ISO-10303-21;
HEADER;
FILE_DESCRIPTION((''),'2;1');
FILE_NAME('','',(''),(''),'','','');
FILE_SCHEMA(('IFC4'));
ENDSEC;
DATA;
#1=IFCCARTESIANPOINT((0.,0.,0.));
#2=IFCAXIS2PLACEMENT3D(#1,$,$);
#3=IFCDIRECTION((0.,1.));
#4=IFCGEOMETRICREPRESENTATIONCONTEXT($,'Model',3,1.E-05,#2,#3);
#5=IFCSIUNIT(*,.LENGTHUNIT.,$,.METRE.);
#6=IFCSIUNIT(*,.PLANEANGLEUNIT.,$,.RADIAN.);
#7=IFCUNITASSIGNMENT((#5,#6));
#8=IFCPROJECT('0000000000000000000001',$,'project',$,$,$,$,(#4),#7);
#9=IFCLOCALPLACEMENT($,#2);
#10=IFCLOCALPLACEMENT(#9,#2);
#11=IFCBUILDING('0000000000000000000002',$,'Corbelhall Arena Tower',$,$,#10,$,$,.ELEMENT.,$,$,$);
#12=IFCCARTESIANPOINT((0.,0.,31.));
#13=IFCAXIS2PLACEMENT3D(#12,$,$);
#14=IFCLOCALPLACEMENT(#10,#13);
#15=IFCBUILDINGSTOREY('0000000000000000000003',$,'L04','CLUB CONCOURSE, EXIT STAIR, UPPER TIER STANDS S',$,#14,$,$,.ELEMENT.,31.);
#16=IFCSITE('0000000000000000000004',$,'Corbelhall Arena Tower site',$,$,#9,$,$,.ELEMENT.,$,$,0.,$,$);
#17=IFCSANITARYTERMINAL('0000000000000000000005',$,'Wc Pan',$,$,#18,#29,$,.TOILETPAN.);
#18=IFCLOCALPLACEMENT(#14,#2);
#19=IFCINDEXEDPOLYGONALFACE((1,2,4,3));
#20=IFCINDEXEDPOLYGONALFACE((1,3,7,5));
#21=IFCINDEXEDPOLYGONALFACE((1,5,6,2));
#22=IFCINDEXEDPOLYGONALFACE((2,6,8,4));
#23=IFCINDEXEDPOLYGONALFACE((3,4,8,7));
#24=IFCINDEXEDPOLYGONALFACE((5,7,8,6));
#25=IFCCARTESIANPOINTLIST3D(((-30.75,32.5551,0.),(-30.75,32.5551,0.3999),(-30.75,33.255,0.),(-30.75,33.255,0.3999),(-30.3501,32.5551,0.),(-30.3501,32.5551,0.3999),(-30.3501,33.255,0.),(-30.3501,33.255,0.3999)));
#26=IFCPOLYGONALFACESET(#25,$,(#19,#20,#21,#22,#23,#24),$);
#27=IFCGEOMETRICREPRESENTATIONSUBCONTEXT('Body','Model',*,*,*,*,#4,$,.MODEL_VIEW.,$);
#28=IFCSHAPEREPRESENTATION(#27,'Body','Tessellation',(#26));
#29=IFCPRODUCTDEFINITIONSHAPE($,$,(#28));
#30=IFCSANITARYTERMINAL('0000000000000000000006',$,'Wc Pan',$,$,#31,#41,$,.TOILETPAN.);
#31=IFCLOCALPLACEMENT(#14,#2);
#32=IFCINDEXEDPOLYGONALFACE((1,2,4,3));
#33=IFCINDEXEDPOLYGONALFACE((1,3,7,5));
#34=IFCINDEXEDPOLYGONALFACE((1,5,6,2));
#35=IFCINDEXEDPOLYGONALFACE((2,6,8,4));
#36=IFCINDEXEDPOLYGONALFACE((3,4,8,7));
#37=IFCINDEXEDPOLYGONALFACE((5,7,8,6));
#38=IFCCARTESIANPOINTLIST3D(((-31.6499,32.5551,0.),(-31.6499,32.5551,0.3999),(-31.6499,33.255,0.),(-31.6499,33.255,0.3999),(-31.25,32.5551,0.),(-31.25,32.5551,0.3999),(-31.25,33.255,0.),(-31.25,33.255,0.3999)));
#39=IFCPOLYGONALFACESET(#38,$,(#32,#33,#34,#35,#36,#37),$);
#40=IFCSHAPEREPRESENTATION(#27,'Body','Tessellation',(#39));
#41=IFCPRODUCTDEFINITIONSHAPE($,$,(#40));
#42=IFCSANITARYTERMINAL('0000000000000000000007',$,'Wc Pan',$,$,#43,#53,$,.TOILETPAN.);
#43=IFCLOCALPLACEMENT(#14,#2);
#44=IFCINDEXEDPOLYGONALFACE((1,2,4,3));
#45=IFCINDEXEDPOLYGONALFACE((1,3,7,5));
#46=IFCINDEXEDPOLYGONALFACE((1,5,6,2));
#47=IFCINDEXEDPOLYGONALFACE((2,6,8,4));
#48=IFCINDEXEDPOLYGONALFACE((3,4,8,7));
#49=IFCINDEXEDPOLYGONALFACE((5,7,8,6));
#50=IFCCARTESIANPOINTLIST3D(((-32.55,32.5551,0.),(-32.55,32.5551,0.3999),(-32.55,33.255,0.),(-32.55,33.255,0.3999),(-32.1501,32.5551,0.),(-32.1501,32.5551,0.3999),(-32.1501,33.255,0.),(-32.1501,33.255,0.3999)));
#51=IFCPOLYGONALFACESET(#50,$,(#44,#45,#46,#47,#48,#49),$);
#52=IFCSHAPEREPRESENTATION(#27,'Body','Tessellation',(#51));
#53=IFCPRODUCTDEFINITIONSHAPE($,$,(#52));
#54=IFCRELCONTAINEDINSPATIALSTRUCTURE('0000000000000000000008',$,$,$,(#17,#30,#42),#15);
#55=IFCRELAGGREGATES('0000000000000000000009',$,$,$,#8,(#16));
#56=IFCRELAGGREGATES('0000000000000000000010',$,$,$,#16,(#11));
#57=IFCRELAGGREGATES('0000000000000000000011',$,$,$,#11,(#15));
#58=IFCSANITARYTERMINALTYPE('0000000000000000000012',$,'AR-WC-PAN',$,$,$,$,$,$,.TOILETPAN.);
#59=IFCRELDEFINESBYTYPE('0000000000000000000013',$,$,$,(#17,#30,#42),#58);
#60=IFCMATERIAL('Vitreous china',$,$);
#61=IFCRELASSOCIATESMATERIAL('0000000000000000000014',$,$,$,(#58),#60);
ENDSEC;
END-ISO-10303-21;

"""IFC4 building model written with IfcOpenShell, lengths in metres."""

from ifc_helpers import new_model, si_unit, direction, frame, origin, origin_2d, place, context, subcontext, project, spatial, rectangle, extrude, material, type_object, element, save


model = new_model("IFC4")

# Units and contexts
model_context = context("Model", 3, precision=1e-05, world=origin(), true_north=direction((0.0, 1.0)))
body_context = subcontext(model_context, "Body", "Model", "MODEL_VIEW")
ifc_project = project(units=[si_unit("LENGTHUNIT", "METRE"), si_unit("PLANEANGLEUNIT", "RADIAN")], contexts=[model_context])

# Site, building, storey
site_placement = place(None, origin())
site = spatial("IfcSite", under=ifc_project, at=site_placement, Name="Corbelhall Arena Tower site", CompositionType="ELEMENT", RefElevation=0.0)
building_placement = place(site_placement, origin())
building = spatial("IfcBuilding", under=site, at=building_placement, Name="Corbelhall Arena Tower", CompositionType="ELEMENT")
storey_placement = place(building_placement, frame((0.0, 0.0, 31.0)))
storey = spatial("IfcBuildingStorey", under=building, at=storey_placement, Name="L04", Description="CLUB CONCOURSE, EXIT STAIR, UPPER TIER STANDS S", CompositionType="ELEMENT", Elevation=31.0)

# Sanitary terminals
ifc_material_1 = material(Name="Vitreous china")
sanitary_terminal_type_1 = type_object("IfcSanitaryTerminalType", Name="AR-WC-PAN", PredefinedType="TOILETPAN", material=ifc_material_1)
for number, where, z_axis, x_axis, name in (
    (1, (-30.55, 32.905, 0.0), (0.0, 0.0, 1.0), (1.0, 0.0, 0.0), "Wc Pan"),
    (2, (-31.45, 32.905, 0.0), (0.0, 0.0, 1.0), (1.0, 0.0, 0.0), "Wc Pan"),
    (3, (-32.3501, 32.905, 0.0), (0.0, 0.0, 1.0), (1.0, 0.0, 0.0), "Wc Pan"),
):
    element("IfcSanitaryTerminal", number, at=place(storey_placement, frame(where, z_axis=z_axis, x_axis=x_axis)), inside=storey, type_object=sanitary_terminal_type_1, Name=name, PredefinedType="TOILETPAN", context=body_context, shape_type="SweptSolid", body=[
        extrude(rectangle(XDim=0.3999, YDim=0.7, at=origin_2d()), origin(), (0.0, 0.0, 1.0), 0.3999),
    ])

save(model, "model.ifc")
